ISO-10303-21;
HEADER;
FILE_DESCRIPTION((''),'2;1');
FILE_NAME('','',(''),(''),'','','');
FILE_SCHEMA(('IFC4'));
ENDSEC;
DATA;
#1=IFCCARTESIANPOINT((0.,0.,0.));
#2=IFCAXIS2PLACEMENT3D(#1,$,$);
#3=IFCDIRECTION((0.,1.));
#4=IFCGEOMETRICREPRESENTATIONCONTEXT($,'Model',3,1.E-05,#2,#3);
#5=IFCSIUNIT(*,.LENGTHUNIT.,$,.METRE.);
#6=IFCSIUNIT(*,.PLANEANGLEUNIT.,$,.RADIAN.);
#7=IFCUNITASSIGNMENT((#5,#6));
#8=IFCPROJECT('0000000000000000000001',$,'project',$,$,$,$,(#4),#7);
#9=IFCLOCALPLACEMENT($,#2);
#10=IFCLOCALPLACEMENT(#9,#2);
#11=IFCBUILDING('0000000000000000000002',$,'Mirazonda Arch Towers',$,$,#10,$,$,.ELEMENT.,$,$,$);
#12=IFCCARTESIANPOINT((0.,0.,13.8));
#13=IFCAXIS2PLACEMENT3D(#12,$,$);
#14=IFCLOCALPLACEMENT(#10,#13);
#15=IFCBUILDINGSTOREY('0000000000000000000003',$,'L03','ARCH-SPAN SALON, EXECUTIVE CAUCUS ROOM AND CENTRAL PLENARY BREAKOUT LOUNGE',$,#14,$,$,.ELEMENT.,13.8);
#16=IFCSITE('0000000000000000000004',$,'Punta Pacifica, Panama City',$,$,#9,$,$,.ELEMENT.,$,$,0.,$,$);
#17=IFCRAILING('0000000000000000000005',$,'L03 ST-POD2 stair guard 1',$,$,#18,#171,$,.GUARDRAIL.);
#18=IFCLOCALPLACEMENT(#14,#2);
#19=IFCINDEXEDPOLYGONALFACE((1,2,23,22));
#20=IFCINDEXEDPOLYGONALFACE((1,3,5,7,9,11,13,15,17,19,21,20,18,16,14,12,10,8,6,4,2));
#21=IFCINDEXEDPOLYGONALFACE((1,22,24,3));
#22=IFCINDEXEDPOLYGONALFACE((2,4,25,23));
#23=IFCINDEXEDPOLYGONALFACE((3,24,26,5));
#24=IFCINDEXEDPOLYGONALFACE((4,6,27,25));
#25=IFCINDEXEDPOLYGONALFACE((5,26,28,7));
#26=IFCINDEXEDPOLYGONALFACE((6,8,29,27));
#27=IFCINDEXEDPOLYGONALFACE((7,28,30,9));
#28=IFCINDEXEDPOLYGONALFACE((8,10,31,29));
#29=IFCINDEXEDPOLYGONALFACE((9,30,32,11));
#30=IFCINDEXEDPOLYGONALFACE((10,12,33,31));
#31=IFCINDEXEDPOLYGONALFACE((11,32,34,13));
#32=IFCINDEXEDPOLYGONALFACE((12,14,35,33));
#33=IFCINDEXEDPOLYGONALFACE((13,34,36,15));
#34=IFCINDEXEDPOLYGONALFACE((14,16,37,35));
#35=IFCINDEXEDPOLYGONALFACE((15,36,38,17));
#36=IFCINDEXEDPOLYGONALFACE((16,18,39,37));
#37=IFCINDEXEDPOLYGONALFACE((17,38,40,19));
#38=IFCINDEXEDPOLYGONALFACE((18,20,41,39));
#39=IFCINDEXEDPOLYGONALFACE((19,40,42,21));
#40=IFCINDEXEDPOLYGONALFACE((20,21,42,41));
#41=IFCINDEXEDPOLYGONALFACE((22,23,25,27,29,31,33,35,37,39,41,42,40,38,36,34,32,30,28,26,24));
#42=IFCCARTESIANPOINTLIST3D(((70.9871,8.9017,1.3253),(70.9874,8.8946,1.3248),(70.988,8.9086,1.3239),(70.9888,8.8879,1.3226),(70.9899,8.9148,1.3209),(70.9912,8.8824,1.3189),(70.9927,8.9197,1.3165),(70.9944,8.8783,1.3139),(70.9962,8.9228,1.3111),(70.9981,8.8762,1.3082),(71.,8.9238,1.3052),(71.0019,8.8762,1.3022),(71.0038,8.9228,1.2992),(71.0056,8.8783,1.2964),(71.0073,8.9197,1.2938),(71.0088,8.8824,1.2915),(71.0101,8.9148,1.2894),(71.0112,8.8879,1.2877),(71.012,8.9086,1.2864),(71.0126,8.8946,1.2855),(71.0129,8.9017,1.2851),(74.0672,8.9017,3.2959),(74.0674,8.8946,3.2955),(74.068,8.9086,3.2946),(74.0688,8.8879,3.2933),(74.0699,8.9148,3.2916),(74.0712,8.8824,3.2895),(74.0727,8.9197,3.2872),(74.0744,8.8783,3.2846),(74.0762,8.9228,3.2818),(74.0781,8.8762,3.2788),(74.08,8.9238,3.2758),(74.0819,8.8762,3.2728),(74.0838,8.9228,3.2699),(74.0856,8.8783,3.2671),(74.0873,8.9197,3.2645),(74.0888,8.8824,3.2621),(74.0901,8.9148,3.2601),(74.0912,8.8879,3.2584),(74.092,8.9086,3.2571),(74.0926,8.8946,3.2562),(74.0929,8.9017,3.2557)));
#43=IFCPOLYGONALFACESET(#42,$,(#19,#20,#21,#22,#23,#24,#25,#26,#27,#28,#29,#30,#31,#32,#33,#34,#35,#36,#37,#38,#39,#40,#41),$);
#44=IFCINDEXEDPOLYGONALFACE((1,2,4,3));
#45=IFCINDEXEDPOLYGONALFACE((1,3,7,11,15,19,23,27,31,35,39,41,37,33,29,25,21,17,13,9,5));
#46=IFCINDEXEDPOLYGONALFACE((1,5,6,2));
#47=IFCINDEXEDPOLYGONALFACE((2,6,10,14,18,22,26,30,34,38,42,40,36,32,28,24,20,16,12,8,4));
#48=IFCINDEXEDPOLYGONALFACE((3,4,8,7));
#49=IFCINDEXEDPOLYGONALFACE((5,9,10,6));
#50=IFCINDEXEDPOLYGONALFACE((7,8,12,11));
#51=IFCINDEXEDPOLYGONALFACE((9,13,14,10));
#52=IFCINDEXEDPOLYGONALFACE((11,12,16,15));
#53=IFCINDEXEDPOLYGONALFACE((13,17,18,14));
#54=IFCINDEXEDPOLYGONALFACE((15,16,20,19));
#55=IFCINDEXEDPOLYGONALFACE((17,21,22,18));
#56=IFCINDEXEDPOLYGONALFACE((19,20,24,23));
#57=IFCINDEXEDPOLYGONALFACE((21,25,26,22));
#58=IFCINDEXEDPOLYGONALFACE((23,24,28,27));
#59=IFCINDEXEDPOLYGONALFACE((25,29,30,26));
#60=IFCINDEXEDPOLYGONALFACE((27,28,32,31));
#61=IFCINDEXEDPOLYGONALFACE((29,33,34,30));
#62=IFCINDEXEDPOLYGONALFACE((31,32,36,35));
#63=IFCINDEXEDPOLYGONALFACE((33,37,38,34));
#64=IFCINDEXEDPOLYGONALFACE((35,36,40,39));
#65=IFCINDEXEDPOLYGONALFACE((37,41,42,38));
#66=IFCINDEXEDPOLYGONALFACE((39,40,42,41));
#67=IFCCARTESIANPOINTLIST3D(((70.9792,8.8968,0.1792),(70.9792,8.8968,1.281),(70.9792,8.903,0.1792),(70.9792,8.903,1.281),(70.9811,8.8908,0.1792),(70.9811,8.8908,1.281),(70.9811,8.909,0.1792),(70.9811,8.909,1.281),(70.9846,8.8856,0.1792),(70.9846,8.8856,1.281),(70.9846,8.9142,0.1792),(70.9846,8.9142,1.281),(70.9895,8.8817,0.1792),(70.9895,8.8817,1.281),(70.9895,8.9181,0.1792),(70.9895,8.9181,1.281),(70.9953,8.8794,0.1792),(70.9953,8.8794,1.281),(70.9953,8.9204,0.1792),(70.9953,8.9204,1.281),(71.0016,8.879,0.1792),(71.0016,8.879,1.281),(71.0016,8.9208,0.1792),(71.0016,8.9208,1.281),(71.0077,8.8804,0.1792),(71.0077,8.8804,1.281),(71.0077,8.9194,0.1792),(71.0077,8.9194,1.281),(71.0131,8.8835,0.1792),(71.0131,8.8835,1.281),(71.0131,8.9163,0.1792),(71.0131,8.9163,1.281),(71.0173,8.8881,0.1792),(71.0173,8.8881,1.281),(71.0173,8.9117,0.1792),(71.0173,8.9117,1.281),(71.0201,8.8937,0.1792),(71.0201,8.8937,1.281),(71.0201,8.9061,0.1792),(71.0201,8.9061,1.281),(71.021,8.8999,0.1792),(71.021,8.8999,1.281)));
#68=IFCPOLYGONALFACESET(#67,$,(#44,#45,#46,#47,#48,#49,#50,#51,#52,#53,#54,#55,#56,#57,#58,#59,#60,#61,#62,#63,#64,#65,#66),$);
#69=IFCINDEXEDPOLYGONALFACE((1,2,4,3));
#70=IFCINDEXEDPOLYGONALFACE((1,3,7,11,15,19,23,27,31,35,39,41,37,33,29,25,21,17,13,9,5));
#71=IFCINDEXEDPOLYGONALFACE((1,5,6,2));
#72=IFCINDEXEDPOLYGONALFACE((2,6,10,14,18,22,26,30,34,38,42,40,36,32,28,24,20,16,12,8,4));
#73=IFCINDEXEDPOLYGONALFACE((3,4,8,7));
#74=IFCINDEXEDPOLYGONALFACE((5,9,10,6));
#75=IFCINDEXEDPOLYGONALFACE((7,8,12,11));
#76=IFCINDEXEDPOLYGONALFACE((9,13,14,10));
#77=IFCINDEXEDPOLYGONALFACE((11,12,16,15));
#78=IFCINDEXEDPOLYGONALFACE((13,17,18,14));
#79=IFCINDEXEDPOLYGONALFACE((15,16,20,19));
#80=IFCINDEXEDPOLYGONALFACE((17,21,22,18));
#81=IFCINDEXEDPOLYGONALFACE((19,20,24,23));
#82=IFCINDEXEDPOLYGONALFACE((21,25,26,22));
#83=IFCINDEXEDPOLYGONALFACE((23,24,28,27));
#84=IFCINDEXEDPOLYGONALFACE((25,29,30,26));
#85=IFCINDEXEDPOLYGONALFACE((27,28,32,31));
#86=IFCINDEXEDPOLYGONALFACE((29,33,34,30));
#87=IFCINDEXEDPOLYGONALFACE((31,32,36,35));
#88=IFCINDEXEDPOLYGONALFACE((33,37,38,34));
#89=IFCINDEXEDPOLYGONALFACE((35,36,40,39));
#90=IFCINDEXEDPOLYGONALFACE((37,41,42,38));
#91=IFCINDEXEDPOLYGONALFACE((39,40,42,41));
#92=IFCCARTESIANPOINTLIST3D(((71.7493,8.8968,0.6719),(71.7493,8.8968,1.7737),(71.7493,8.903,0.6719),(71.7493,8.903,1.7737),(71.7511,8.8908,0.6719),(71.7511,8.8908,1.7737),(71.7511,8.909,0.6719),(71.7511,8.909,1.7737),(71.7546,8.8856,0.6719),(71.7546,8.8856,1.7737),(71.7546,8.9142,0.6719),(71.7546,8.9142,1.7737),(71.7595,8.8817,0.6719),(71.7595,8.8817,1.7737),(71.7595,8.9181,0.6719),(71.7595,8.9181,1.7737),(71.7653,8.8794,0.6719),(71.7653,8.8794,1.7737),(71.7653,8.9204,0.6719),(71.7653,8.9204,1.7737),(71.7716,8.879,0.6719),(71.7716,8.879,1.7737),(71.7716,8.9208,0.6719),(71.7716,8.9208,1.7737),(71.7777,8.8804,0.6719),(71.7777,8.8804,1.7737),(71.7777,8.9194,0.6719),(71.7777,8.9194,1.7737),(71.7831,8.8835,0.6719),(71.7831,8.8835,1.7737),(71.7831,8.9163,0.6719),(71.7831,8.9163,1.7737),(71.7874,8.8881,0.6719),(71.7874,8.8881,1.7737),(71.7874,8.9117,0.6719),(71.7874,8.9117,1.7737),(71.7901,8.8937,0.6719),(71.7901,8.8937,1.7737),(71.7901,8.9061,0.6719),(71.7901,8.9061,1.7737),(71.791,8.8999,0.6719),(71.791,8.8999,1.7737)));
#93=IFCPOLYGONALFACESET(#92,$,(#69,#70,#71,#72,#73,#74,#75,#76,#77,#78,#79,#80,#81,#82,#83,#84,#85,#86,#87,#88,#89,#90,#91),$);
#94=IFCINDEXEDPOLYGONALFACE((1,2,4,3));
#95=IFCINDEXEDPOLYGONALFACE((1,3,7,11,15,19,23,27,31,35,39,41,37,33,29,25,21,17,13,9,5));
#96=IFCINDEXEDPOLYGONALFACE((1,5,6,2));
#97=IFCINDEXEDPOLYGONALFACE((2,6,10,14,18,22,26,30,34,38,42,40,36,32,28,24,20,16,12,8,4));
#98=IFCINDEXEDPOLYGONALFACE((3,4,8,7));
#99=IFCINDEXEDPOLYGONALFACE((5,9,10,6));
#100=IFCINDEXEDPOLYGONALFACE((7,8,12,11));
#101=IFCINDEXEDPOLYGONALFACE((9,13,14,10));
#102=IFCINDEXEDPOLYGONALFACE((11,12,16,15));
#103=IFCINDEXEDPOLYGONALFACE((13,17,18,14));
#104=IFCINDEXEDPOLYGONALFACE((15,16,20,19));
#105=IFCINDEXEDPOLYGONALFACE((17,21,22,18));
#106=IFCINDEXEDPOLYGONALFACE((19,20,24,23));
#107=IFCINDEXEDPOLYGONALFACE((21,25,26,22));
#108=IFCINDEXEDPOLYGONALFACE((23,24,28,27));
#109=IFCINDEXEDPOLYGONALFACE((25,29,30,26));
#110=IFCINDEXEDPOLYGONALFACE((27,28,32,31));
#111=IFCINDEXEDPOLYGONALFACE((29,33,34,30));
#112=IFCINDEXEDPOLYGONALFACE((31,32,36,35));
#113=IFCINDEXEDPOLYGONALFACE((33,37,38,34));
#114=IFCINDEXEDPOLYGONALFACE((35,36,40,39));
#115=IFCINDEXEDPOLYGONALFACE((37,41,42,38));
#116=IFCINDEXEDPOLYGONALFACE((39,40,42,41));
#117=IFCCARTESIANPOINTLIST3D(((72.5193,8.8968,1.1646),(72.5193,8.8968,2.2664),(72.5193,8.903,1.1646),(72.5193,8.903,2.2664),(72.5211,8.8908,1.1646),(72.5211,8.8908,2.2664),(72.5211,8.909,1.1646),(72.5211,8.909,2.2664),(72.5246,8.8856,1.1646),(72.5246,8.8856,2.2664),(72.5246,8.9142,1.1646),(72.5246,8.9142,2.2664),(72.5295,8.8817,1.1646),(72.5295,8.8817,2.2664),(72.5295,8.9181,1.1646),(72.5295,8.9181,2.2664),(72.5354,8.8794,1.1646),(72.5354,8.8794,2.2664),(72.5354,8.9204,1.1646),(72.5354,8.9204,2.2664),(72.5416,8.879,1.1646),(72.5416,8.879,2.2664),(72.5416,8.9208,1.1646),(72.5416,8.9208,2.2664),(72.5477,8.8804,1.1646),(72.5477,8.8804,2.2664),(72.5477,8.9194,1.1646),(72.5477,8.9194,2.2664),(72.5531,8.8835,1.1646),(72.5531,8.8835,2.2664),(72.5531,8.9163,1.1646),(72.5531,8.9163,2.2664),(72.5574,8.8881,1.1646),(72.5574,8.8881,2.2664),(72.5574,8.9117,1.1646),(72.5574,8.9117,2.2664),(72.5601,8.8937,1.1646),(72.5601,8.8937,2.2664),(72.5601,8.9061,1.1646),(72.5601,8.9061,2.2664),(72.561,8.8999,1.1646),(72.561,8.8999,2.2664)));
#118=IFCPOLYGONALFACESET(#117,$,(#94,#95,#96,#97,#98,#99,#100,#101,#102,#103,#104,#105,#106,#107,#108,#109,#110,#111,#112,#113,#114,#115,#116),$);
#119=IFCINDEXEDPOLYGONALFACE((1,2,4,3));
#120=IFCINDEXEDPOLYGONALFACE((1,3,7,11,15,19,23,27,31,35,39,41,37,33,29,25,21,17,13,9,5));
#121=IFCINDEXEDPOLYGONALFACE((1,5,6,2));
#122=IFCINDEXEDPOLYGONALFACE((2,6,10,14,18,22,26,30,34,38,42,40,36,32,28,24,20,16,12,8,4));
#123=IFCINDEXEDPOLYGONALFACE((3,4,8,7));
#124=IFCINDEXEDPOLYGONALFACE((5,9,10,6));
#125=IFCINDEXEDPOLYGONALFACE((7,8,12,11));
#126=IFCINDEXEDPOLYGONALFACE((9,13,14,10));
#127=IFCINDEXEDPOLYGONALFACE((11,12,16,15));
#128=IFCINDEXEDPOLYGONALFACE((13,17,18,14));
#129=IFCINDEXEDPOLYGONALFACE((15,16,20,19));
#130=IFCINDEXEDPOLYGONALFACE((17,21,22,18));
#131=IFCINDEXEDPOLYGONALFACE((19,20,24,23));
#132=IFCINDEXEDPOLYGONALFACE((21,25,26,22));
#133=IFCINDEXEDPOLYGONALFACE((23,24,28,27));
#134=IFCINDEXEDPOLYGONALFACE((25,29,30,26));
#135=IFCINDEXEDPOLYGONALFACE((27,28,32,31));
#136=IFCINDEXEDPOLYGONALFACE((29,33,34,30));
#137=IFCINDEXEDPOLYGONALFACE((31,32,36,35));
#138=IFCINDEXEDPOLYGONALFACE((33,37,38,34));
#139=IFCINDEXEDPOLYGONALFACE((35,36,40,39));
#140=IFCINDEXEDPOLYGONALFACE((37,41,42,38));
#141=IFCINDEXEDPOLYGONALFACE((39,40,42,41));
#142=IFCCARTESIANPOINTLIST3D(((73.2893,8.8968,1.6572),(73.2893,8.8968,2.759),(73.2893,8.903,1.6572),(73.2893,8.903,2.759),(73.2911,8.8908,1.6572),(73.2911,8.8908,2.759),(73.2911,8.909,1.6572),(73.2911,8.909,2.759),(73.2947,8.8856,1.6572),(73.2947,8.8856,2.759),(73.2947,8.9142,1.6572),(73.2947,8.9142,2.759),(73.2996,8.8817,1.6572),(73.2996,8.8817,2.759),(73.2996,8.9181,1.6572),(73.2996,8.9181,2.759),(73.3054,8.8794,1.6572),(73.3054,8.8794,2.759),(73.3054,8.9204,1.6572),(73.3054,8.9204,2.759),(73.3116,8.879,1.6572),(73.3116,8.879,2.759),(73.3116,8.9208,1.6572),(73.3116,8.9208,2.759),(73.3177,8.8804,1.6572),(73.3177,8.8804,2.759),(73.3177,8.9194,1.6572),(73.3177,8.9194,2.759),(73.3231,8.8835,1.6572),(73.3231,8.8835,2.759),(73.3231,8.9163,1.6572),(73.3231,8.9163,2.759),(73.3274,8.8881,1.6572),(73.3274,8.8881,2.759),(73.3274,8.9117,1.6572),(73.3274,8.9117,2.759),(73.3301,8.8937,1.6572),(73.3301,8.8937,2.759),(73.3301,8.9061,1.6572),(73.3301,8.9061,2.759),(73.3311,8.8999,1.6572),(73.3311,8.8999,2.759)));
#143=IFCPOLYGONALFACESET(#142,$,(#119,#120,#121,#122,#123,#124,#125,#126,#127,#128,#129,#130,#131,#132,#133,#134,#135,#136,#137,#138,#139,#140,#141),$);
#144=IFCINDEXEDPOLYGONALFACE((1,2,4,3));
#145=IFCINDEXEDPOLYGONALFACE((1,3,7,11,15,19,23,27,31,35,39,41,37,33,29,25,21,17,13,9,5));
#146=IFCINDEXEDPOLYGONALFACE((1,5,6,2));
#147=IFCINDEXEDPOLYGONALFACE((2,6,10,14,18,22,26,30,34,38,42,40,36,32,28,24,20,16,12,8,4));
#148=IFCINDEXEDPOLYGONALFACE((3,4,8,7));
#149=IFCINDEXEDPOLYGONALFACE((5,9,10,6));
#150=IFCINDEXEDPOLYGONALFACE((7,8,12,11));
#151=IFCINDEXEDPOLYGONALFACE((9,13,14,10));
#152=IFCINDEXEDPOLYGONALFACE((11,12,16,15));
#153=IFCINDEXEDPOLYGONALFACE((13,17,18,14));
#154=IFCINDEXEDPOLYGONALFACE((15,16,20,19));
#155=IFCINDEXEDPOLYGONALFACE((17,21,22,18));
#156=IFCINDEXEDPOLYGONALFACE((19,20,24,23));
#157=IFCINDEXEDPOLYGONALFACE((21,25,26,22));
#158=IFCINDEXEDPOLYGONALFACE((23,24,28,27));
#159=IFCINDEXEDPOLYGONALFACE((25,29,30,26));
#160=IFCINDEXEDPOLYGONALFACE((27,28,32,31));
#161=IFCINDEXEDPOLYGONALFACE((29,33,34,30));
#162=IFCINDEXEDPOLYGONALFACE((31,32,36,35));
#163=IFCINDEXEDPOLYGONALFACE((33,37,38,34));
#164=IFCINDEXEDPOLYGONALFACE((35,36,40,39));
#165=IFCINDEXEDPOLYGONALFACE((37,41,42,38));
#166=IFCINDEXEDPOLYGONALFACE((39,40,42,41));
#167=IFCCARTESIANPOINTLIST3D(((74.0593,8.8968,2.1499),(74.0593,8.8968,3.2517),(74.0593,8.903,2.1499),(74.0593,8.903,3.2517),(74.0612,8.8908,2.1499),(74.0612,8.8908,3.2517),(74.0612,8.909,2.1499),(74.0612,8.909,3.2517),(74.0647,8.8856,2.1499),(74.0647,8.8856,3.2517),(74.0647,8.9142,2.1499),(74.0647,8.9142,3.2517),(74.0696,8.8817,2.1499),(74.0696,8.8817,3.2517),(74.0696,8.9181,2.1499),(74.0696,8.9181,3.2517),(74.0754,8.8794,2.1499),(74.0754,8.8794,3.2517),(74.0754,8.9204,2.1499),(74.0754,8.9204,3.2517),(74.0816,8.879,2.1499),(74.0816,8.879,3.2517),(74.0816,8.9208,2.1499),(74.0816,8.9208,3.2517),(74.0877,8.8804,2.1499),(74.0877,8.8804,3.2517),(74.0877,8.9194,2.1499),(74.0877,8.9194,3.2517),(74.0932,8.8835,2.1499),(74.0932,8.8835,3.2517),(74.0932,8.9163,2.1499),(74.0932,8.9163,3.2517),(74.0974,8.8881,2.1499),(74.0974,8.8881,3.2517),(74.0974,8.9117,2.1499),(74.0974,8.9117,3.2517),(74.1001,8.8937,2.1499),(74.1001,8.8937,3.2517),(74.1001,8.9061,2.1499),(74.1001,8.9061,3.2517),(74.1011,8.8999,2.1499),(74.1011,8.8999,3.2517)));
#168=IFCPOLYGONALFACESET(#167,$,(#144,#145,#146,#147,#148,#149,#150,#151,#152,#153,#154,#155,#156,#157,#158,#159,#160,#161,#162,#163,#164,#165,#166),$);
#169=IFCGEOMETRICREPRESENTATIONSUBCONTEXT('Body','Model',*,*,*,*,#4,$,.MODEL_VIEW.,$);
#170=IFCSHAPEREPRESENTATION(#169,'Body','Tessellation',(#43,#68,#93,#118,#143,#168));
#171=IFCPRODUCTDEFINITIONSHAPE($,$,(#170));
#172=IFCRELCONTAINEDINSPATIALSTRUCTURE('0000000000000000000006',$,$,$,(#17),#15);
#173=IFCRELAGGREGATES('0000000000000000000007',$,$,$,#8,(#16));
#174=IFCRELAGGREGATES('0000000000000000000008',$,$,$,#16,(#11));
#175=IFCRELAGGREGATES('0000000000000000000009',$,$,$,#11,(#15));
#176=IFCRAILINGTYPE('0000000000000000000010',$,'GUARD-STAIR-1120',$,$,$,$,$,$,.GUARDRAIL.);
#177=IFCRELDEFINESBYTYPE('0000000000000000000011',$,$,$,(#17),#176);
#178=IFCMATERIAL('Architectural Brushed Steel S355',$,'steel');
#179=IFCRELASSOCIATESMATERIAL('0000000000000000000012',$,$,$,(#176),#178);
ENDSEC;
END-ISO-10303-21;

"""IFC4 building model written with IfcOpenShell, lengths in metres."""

from ifc_helpers import new_model, si_unit, direction, frame, origin, origin_2d, place, context, subcontext, project, spatial, circle, extrude, material, type_object, element, save


model = new_model("IFC4")

# Units and contexts
model_context = context("Model", 3, precision=1e-05, world=origin(), true_north=direction((0.0, 1.0)))
body_context = subcontext(model_context, "Body", "Model", "MODEL_VIEW")
ifc_project = project(units=[si_unit("LENGTHUNIT", "METRE"), si_unit("PLANEANGLEUNIT", "RADIAN")], contexts=[model_context])

# Site, building, storey
site_placement = place(None, origin())
site = spatial("IfcSite", under=ifc_project, at=site_placement, Name="Punta Pacifica, Panama City", CompositionType="ELEMENT", RefElevation=0.0)
building_placement = place(site_placement, origin())
building = spatial("IfcBuilding", under=site, at=building_placement, Name="Mirazonda Arch Towers", CompositionType="ELEMENT")
storey_placement = place(building_placement, frame((0.0, 0.0, 13.8)))
storey = spatial("IfcBuildingStorey", under=building, at=storey_placement, Name="L03", Description="ARCH-SPAN SALON, EXECUTIVE CAUCUS ROOM AND CENTRAL PLENARY BREAKOUT LOUNGE", CompositionType="ELEMENT", Elevation=13.8)

# Railing
ifc_material_1 = material(Name="Architectural Brushed Steel S355", Category="steel")
railing_type_1 = type_object("IfcRailingType", Name="GUARD-STAIR-1120", PredefinedType="GUARDRAIL", material=ifc_material_1)
railing_1_placement = place(storey_placement, frame((71.0, 8.8999, 0.1792)))
element("IfcRailing", 1, at=railing_1_placement, inside=storey, type_object=railing_type_1, Name="L03 ST-POD2 stair guard 1", PredefinedType="GUARDRAIL", context=body_context, shape_type="SweptSolid", body=[
    extrude(circle(Radius=0.0239, at=origin_2d()), frame((0.0, 0.0, 1.126), z_axis=(0.842339, 0.0, 0.538948), x_axis=(0.0, 1.0, 0.0)), (0.0, 0.0, 1.0), 3.6565),
    extrude(circle(Radius=0.021, at=origin_2d()), origin(), (0.0, 0.0, 1.0), 1.1018),
    extrude(circle(Radius=0.021, at=origin_2d()), frame((0.77, 0.0, 0.4927)), (0.0, 0.0, 1.0), 1.1018),
    extrude(circle(Radius=0.021, at=origin_2d()), frame((1.54, 0.0, 0.9854)), (0.0, 0.0, 1.0), 1.1018),
    extrude(circle(Radius=0.021, at=origin_2d()), frame((2.3101, 0.0, 1.478)), (0.0, 0.0, 1.0), 1.1018),
    extrude(circle(Radius=0.021, at=origin_2d()), frame((3.0801, 0.0, 1.9707)), (0.0, 0.0, 1.0), 1.1018),
])

save(model, "model.ifc")
